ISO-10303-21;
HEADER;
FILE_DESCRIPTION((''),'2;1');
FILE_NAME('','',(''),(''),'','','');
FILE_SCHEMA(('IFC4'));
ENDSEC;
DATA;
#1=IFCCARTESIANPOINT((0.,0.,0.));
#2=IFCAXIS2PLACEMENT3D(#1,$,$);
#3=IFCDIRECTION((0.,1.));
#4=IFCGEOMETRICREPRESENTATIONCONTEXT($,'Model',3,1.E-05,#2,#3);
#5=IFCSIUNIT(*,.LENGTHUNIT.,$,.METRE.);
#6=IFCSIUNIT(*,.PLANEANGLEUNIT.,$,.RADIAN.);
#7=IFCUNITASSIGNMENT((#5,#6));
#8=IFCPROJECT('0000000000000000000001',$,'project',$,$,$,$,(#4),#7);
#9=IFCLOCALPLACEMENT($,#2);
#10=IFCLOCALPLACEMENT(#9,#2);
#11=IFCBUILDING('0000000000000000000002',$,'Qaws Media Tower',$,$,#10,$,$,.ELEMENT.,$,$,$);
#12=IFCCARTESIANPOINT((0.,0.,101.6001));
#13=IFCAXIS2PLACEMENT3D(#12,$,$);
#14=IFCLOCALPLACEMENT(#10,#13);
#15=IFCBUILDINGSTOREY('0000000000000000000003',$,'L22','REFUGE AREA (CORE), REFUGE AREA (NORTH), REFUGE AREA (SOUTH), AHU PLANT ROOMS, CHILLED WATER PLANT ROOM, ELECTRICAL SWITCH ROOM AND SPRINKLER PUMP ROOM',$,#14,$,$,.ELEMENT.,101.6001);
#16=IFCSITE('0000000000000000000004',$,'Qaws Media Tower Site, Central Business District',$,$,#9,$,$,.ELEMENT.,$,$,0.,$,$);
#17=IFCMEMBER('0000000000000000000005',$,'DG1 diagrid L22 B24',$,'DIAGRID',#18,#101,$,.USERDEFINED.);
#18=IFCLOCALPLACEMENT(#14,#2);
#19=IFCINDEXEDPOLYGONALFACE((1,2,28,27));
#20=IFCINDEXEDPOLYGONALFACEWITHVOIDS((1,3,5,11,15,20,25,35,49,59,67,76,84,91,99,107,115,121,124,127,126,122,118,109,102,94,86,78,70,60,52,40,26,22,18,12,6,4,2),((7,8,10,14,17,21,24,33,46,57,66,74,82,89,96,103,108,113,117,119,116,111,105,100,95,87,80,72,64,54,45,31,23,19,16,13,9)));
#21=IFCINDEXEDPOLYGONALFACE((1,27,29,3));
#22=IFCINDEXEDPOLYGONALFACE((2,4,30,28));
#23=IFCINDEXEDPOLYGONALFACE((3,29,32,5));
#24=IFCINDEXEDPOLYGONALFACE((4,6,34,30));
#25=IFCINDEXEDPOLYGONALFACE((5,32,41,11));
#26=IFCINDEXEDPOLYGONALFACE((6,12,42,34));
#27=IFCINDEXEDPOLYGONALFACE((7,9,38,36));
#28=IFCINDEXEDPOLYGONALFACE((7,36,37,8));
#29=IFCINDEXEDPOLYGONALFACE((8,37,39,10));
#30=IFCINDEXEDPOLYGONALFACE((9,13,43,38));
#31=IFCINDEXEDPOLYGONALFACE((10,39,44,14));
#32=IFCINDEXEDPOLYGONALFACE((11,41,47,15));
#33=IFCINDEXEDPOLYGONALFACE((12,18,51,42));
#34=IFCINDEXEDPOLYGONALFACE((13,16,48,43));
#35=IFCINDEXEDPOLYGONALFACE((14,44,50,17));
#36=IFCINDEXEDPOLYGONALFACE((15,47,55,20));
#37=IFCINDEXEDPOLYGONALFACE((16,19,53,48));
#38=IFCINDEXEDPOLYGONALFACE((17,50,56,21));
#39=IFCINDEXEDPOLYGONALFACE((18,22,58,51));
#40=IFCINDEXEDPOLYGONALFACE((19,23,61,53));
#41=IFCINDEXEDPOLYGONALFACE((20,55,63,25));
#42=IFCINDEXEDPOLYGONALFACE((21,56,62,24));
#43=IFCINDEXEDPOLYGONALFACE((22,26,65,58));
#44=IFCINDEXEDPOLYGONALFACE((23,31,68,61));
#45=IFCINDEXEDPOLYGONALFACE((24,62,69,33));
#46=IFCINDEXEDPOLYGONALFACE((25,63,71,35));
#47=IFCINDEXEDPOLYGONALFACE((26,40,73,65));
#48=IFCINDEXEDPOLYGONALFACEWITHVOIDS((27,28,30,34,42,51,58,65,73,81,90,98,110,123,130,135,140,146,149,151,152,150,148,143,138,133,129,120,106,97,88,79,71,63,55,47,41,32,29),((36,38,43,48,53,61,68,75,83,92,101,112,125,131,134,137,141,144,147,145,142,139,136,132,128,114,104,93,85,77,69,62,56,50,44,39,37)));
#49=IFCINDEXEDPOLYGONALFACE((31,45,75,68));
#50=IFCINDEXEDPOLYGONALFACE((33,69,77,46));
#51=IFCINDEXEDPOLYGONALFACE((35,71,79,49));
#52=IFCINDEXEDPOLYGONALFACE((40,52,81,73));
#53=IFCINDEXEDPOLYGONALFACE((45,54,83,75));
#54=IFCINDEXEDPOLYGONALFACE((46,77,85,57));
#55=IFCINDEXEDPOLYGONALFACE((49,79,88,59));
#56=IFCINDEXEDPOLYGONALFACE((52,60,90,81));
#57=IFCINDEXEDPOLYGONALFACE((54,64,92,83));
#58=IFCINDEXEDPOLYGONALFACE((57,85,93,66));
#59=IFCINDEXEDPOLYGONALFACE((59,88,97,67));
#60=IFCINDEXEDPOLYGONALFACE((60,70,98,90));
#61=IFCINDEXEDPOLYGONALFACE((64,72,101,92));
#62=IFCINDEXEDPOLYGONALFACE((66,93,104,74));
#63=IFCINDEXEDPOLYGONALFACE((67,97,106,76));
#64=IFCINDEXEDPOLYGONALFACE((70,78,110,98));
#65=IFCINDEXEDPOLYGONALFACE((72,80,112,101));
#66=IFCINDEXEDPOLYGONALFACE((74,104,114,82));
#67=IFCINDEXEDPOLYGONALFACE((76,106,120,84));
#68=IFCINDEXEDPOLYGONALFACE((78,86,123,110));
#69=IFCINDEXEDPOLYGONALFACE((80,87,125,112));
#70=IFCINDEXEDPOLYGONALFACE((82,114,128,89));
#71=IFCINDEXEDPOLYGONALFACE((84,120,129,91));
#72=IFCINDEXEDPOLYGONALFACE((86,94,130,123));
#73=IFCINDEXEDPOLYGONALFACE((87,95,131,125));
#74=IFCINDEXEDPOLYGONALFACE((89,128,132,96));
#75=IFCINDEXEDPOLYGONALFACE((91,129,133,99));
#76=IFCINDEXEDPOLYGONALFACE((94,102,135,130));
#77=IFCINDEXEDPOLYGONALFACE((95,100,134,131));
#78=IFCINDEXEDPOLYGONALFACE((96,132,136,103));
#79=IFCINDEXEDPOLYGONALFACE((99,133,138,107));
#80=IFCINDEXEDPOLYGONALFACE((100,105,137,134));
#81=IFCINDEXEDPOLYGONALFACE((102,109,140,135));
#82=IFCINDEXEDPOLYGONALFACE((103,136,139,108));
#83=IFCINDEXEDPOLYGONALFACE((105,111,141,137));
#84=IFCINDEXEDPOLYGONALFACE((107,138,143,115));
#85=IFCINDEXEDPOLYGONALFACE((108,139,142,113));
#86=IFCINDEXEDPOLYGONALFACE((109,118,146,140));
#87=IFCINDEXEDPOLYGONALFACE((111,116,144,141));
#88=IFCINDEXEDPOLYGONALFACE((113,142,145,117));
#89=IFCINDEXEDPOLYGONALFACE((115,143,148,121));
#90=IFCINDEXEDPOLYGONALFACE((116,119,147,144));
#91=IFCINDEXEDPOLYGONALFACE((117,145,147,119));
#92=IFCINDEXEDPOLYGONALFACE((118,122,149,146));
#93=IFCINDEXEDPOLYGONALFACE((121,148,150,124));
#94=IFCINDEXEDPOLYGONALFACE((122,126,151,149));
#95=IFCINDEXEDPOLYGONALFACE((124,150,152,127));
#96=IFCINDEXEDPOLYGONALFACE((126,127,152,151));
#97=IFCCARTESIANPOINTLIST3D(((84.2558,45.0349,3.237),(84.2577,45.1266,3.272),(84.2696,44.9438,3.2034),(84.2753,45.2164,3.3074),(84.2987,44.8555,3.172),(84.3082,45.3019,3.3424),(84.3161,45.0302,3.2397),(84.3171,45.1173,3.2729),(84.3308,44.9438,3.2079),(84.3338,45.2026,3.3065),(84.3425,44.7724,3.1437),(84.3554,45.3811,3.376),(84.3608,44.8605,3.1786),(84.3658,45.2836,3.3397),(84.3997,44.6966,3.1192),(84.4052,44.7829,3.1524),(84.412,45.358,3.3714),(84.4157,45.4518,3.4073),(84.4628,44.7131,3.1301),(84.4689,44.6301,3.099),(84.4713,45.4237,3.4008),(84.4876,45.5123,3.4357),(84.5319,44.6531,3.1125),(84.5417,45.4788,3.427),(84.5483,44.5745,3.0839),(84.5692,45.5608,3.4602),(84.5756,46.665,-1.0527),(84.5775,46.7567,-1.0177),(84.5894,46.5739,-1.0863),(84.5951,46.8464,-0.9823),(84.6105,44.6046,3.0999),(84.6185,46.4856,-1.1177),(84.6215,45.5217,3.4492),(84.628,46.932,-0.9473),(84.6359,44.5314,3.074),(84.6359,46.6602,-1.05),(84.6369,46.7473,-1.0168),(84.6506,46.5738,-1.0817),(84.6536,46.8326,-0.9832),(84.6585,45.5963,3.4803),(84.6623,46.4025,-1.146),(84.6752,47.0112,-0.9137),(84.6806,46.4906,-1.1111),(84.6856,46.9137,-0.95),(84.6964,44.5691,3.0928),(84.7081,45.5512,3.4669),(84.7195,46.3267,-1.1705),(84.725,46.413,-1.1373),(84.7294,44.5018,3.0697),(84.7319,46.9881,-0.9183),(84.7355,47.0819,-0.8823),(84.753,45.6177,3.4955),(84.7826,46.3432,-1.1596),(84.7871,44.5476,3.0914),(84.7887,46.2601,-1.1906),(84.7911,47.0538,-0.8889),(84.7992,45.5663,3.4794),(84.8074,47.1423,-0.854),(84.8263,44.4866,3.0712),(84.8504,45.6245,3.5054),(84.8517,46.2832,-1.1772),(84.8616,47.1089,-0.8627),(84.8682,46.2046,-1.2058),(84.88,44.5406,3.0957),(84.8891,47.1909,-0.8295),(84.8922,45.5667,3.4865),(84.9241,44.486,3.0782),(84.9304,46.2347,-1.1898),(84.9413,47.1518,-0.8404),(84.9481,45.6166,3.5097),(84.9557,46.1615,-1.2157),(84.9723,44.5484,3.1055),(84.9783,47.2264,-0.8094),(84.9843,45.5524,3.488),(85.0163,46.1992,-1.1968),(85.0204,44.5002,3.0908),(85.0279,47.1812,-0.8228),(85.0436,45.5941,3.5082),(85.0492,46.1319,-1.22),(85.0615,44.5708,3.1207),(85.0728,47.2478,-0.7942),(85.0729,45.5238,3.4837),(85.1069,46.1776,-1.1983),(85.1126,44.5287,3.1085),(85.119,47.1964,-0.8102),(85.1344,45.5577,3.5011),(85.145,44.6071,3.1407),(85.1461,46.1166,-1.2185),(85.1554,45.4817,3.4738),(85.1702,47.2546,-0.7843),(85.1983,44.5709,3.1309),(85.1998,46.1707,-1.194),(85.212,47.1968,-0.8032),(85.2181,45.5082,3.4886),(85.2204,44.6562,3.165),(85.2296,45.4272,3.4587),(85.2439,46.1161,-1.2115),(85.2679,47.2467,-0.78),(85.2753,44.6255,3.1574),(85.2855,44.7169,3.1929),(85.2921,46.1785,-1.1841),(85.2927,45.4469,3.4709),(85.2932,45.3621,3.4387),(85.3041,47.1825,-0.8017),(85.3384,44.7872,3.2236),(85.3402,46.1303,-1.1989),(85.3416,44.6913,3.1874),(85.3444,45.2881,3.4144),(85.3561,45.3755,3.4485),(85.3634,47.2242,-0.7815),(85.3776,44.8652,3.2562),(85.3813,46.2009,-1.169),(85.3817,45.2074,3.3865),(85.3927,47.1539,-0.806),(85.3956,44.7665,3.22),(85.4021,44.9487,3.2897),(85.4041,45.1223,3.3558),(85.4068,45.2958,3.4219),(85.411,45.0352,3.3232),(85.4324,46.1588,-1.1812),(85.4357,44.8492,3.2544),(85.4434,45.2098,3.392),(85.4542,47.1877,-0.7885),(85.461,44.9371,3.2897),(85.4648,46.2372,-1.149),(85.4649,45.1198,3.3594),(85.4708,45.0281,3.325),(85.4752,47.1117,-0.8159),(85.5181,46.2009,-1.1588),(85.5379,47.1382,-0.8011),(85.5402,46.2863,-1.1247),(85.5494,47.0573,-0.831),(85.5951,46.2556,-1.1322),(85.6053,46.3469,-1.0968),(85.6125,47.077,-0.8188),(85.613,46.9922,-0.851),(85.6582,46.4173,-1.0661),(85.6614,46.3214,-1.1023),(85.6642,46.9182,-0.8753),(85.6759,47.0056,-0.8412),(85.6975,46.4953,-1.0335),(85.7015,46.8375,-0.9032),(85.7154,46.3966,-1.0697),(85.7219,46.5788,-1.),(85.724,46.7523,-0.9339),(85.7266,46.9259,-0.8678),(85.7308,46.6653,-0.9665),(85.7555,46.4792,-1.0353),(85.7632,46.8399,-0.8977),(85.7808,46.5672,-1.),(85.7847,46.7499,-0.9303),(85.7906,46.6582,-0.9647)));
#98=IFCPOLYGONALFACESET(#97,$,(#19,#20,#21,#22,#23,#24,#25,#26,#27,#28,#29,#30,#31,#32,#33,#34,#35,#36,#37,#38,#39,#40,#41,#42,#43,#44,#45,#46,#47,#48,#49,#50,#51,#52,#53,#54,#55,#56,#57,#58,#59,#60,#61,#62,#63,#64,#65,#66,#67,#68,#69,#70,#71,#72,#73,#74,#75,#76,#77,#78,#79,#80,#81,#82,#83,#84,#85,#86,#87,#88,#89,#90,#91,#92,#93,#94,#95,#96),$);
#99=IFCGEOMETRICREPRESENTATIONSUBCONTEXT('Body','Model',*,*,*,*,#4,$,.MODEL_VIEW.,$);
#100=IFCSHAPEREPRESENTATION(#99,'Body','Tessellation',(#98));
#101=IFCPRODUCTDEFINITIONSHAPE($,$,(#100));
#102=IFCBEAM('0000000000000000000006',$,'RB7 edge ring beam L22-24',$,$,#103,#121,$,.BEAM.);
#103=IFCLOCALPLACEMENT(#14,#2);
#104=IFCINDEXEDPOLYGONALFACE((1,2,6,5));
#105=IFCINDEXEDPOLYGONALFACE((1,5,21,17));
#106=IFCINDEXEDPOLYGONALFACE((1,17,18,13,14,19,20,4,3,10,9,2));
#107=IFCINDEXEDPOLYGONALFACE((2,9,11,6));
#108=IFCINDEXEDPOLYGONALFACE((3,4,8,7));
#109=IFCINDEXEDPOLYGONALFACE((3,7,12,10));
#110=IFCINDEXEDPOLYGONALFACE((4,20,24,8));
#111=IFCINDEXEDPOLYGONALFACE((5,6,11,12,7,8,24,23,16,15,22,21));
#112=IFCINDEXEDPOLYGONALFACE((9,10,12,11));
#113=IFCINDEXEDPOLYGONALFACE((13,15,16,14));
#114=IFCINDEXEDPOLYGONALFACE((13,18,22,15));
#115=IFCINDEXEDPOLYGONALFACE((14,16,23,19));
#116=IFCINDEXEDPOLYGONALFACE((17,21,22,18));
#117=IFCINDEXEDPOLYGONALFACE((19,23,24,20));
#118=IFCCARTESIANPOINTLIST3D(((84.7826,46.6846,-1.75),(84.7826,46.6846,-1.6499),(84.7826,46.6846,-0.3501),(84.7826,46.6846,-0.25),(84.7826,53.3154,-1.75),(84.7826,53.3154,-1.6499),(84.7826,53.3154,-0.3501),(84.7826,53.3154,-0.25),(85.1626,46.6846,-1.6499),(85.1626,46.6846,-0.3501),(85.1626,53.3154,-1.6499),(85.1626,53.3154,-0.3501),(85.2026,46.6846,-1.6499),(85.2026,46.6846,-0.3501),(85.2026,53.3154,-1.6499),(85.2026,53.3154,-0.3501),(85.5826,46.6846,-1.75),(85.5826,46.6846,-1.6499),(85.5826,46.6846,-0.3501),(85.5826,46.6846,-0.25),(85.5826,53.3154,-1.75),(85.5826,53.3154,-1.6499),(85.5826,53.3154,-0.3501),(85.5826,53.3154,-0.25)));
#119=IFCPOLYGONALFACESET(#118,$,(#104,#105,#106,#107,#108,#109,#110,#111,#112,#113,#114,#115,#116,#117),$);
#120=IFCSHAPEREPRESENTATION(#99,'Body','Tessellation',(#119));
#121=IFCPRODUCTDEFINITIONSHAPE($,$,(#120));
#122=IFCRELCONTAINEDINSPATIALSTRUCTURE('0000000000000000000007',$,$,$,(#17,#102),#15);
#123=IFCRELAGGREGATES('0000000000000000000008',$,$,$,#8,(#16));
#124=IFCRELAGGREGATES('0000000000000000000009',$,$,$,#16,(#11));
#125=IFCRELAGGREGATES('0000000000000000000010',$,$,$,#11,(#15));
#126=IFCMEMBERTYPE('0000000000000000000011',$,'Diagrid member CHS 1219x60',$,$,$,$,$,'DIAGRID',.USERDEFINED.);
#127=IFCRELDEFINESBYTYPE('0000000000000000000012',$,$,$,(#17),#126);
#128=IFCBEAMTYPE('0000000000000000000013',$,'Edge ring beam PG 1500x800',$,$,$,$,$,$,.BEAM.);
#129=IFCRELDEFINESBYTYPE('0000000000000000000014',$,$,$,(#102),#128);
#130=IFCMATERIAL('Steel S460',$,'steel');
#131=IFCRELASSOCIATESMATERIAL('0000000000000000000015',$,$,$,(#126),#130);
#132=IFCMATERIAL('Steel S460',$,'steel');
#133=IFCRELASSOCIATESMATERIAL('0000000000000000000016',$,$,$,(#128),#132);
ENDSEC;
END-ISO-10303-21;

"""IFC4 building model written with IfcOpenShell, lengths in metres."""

from ifc_helpers import new_model, si_unit, direction, frame, origin, origin_2d, place, context, subcontext, project, spatial, hollow_circle, i_section, extrude, material, material_profile, profile_set, type_object, element, save


model = new_model("IFC4")

# Units and contexts
model_context = context("Model", 3, precision=1e-05, world=origin(), true_north=direction((0.0, 1.0)))
body_context = subcontext(model_context, "Body", "Model", "MODEL_VIEW")
ifc_project = project(units=[si_unit("LENGTHUNIT", "METRE"), si_unit("PLANEANGLEUNIT", "RADIAN")], contexts=[model_context])

# Site, building, storey
site_placement = place(None, origin())
site = spatial("IfcSite", under=ifc_project, at=site_placement, Name="Qaws Media Tower Site, Central Business District", CompositionType="ELEMENT", RefElevation=0.0)
building_placement = place(site_placement, origin())
building = spatial("IfcBuilding", under=site, at=building_placement, Name="Qaws Media Tower", CompositionType="ELEMENT")
storey_placement = place(building_placement, frame((0.0, 0.0, 101.6001)))
storey = spatial("IfcBuildingStorey", under=building, at=storey_placement, Name="L22", Description="REFUGE AREA (CORE), REFUGE AREA (NORTH), REFUGE AREA (SOUTH), AHU PLANT ROOMS, CHILLED WATER PLANT ROOM, ELECTRICAL SWITCH ROOM AND SPRINKLER PUMP ROOM", CompositionType="ELEMENT", Elevation=101.6001)

# Member
ifc_material_1 = material(Name="Steel S460", Category="steel")
ifc_material_profile_1 = material_profile(ifc_material_1, hollow_circle(Radius=0.6096, WallThickness=0.0601, at=origin_2d()), Name="CHS 1219x60")
ifc_profile_set_1 = profile_set([ifc_material_profile_1], Name="Steel S460")
member_type_1 = type_object("IfcMemberType", Name="Diagrid member CHS 1219x60", ElementType="DIAGRID", PredefinedType="USERDEFINED", material=ifc_profile_set_1)
member_1_placement = place(storey_placement, frame((85.1826, 46.6846, -1.0), z_axis=(-0.069524, -0.354359, 0.932521), x_axis=(0.981292, -0.192525, 0.0)))
element("IfcMember", 1, at=member_1_placement, inside=storey, type_object=member_type_1, Name="DG1 diagrid L22 B24", ObjectType="DIAGRID", PredefinedType="USERDEFINED", context=body_context, shape_type="SweptSolid", body=[
    extrude(hollow_circle(Radius=0.6096, WallThickness=0.0601, at=origin_2d()), origin(), (0.0, 0.0, 1.0), 4.6001),
])

# Beam
ifc_material_2 = material(Name="Steel S460", Category="steel")
ifc_material_profile_2 = material_profile(ifc_material_2, i_section(OverallWidth=0.8, OverallDepth=1.5, WebThickness=0.04, FlangeThickness=0.1001, at=origin_2d()), Name="PG 1500x800")
ifc_profile_set_2 = profile_set([ifc_material_profile_2], Name="Steel S460")
beam_type_1 = type_object("IfcBeamType", Name="Edge ring beam PG 1500x800", PredefinedType="BEAM", material=ifc_profile_set_2)
beam_placement = place(storey_placement, frame((85.1826, 46.6846, -1.0), z_axis=(0.0, 1.0, 0.0), x_axis=(-1.0, 0.0, 0.0)))
element("IfcBeam", 2, at=beam_placement, inside=storey, type_object=beam_type_1, Name="RB7 edge ring beam L22-24", PredefinedType="BEAM", context=body_context, shape_type="SweptSolid", body=[
    extrude(i_section(OverallWidth=0.8, OverallDepth=1.5, WebThickness=0.04, FlangeThickness=0.1001, at=origin_2d()), origin(), (0.0, 0.0, 1.0), 6.6309),
])

save(model, "model.ifc")
